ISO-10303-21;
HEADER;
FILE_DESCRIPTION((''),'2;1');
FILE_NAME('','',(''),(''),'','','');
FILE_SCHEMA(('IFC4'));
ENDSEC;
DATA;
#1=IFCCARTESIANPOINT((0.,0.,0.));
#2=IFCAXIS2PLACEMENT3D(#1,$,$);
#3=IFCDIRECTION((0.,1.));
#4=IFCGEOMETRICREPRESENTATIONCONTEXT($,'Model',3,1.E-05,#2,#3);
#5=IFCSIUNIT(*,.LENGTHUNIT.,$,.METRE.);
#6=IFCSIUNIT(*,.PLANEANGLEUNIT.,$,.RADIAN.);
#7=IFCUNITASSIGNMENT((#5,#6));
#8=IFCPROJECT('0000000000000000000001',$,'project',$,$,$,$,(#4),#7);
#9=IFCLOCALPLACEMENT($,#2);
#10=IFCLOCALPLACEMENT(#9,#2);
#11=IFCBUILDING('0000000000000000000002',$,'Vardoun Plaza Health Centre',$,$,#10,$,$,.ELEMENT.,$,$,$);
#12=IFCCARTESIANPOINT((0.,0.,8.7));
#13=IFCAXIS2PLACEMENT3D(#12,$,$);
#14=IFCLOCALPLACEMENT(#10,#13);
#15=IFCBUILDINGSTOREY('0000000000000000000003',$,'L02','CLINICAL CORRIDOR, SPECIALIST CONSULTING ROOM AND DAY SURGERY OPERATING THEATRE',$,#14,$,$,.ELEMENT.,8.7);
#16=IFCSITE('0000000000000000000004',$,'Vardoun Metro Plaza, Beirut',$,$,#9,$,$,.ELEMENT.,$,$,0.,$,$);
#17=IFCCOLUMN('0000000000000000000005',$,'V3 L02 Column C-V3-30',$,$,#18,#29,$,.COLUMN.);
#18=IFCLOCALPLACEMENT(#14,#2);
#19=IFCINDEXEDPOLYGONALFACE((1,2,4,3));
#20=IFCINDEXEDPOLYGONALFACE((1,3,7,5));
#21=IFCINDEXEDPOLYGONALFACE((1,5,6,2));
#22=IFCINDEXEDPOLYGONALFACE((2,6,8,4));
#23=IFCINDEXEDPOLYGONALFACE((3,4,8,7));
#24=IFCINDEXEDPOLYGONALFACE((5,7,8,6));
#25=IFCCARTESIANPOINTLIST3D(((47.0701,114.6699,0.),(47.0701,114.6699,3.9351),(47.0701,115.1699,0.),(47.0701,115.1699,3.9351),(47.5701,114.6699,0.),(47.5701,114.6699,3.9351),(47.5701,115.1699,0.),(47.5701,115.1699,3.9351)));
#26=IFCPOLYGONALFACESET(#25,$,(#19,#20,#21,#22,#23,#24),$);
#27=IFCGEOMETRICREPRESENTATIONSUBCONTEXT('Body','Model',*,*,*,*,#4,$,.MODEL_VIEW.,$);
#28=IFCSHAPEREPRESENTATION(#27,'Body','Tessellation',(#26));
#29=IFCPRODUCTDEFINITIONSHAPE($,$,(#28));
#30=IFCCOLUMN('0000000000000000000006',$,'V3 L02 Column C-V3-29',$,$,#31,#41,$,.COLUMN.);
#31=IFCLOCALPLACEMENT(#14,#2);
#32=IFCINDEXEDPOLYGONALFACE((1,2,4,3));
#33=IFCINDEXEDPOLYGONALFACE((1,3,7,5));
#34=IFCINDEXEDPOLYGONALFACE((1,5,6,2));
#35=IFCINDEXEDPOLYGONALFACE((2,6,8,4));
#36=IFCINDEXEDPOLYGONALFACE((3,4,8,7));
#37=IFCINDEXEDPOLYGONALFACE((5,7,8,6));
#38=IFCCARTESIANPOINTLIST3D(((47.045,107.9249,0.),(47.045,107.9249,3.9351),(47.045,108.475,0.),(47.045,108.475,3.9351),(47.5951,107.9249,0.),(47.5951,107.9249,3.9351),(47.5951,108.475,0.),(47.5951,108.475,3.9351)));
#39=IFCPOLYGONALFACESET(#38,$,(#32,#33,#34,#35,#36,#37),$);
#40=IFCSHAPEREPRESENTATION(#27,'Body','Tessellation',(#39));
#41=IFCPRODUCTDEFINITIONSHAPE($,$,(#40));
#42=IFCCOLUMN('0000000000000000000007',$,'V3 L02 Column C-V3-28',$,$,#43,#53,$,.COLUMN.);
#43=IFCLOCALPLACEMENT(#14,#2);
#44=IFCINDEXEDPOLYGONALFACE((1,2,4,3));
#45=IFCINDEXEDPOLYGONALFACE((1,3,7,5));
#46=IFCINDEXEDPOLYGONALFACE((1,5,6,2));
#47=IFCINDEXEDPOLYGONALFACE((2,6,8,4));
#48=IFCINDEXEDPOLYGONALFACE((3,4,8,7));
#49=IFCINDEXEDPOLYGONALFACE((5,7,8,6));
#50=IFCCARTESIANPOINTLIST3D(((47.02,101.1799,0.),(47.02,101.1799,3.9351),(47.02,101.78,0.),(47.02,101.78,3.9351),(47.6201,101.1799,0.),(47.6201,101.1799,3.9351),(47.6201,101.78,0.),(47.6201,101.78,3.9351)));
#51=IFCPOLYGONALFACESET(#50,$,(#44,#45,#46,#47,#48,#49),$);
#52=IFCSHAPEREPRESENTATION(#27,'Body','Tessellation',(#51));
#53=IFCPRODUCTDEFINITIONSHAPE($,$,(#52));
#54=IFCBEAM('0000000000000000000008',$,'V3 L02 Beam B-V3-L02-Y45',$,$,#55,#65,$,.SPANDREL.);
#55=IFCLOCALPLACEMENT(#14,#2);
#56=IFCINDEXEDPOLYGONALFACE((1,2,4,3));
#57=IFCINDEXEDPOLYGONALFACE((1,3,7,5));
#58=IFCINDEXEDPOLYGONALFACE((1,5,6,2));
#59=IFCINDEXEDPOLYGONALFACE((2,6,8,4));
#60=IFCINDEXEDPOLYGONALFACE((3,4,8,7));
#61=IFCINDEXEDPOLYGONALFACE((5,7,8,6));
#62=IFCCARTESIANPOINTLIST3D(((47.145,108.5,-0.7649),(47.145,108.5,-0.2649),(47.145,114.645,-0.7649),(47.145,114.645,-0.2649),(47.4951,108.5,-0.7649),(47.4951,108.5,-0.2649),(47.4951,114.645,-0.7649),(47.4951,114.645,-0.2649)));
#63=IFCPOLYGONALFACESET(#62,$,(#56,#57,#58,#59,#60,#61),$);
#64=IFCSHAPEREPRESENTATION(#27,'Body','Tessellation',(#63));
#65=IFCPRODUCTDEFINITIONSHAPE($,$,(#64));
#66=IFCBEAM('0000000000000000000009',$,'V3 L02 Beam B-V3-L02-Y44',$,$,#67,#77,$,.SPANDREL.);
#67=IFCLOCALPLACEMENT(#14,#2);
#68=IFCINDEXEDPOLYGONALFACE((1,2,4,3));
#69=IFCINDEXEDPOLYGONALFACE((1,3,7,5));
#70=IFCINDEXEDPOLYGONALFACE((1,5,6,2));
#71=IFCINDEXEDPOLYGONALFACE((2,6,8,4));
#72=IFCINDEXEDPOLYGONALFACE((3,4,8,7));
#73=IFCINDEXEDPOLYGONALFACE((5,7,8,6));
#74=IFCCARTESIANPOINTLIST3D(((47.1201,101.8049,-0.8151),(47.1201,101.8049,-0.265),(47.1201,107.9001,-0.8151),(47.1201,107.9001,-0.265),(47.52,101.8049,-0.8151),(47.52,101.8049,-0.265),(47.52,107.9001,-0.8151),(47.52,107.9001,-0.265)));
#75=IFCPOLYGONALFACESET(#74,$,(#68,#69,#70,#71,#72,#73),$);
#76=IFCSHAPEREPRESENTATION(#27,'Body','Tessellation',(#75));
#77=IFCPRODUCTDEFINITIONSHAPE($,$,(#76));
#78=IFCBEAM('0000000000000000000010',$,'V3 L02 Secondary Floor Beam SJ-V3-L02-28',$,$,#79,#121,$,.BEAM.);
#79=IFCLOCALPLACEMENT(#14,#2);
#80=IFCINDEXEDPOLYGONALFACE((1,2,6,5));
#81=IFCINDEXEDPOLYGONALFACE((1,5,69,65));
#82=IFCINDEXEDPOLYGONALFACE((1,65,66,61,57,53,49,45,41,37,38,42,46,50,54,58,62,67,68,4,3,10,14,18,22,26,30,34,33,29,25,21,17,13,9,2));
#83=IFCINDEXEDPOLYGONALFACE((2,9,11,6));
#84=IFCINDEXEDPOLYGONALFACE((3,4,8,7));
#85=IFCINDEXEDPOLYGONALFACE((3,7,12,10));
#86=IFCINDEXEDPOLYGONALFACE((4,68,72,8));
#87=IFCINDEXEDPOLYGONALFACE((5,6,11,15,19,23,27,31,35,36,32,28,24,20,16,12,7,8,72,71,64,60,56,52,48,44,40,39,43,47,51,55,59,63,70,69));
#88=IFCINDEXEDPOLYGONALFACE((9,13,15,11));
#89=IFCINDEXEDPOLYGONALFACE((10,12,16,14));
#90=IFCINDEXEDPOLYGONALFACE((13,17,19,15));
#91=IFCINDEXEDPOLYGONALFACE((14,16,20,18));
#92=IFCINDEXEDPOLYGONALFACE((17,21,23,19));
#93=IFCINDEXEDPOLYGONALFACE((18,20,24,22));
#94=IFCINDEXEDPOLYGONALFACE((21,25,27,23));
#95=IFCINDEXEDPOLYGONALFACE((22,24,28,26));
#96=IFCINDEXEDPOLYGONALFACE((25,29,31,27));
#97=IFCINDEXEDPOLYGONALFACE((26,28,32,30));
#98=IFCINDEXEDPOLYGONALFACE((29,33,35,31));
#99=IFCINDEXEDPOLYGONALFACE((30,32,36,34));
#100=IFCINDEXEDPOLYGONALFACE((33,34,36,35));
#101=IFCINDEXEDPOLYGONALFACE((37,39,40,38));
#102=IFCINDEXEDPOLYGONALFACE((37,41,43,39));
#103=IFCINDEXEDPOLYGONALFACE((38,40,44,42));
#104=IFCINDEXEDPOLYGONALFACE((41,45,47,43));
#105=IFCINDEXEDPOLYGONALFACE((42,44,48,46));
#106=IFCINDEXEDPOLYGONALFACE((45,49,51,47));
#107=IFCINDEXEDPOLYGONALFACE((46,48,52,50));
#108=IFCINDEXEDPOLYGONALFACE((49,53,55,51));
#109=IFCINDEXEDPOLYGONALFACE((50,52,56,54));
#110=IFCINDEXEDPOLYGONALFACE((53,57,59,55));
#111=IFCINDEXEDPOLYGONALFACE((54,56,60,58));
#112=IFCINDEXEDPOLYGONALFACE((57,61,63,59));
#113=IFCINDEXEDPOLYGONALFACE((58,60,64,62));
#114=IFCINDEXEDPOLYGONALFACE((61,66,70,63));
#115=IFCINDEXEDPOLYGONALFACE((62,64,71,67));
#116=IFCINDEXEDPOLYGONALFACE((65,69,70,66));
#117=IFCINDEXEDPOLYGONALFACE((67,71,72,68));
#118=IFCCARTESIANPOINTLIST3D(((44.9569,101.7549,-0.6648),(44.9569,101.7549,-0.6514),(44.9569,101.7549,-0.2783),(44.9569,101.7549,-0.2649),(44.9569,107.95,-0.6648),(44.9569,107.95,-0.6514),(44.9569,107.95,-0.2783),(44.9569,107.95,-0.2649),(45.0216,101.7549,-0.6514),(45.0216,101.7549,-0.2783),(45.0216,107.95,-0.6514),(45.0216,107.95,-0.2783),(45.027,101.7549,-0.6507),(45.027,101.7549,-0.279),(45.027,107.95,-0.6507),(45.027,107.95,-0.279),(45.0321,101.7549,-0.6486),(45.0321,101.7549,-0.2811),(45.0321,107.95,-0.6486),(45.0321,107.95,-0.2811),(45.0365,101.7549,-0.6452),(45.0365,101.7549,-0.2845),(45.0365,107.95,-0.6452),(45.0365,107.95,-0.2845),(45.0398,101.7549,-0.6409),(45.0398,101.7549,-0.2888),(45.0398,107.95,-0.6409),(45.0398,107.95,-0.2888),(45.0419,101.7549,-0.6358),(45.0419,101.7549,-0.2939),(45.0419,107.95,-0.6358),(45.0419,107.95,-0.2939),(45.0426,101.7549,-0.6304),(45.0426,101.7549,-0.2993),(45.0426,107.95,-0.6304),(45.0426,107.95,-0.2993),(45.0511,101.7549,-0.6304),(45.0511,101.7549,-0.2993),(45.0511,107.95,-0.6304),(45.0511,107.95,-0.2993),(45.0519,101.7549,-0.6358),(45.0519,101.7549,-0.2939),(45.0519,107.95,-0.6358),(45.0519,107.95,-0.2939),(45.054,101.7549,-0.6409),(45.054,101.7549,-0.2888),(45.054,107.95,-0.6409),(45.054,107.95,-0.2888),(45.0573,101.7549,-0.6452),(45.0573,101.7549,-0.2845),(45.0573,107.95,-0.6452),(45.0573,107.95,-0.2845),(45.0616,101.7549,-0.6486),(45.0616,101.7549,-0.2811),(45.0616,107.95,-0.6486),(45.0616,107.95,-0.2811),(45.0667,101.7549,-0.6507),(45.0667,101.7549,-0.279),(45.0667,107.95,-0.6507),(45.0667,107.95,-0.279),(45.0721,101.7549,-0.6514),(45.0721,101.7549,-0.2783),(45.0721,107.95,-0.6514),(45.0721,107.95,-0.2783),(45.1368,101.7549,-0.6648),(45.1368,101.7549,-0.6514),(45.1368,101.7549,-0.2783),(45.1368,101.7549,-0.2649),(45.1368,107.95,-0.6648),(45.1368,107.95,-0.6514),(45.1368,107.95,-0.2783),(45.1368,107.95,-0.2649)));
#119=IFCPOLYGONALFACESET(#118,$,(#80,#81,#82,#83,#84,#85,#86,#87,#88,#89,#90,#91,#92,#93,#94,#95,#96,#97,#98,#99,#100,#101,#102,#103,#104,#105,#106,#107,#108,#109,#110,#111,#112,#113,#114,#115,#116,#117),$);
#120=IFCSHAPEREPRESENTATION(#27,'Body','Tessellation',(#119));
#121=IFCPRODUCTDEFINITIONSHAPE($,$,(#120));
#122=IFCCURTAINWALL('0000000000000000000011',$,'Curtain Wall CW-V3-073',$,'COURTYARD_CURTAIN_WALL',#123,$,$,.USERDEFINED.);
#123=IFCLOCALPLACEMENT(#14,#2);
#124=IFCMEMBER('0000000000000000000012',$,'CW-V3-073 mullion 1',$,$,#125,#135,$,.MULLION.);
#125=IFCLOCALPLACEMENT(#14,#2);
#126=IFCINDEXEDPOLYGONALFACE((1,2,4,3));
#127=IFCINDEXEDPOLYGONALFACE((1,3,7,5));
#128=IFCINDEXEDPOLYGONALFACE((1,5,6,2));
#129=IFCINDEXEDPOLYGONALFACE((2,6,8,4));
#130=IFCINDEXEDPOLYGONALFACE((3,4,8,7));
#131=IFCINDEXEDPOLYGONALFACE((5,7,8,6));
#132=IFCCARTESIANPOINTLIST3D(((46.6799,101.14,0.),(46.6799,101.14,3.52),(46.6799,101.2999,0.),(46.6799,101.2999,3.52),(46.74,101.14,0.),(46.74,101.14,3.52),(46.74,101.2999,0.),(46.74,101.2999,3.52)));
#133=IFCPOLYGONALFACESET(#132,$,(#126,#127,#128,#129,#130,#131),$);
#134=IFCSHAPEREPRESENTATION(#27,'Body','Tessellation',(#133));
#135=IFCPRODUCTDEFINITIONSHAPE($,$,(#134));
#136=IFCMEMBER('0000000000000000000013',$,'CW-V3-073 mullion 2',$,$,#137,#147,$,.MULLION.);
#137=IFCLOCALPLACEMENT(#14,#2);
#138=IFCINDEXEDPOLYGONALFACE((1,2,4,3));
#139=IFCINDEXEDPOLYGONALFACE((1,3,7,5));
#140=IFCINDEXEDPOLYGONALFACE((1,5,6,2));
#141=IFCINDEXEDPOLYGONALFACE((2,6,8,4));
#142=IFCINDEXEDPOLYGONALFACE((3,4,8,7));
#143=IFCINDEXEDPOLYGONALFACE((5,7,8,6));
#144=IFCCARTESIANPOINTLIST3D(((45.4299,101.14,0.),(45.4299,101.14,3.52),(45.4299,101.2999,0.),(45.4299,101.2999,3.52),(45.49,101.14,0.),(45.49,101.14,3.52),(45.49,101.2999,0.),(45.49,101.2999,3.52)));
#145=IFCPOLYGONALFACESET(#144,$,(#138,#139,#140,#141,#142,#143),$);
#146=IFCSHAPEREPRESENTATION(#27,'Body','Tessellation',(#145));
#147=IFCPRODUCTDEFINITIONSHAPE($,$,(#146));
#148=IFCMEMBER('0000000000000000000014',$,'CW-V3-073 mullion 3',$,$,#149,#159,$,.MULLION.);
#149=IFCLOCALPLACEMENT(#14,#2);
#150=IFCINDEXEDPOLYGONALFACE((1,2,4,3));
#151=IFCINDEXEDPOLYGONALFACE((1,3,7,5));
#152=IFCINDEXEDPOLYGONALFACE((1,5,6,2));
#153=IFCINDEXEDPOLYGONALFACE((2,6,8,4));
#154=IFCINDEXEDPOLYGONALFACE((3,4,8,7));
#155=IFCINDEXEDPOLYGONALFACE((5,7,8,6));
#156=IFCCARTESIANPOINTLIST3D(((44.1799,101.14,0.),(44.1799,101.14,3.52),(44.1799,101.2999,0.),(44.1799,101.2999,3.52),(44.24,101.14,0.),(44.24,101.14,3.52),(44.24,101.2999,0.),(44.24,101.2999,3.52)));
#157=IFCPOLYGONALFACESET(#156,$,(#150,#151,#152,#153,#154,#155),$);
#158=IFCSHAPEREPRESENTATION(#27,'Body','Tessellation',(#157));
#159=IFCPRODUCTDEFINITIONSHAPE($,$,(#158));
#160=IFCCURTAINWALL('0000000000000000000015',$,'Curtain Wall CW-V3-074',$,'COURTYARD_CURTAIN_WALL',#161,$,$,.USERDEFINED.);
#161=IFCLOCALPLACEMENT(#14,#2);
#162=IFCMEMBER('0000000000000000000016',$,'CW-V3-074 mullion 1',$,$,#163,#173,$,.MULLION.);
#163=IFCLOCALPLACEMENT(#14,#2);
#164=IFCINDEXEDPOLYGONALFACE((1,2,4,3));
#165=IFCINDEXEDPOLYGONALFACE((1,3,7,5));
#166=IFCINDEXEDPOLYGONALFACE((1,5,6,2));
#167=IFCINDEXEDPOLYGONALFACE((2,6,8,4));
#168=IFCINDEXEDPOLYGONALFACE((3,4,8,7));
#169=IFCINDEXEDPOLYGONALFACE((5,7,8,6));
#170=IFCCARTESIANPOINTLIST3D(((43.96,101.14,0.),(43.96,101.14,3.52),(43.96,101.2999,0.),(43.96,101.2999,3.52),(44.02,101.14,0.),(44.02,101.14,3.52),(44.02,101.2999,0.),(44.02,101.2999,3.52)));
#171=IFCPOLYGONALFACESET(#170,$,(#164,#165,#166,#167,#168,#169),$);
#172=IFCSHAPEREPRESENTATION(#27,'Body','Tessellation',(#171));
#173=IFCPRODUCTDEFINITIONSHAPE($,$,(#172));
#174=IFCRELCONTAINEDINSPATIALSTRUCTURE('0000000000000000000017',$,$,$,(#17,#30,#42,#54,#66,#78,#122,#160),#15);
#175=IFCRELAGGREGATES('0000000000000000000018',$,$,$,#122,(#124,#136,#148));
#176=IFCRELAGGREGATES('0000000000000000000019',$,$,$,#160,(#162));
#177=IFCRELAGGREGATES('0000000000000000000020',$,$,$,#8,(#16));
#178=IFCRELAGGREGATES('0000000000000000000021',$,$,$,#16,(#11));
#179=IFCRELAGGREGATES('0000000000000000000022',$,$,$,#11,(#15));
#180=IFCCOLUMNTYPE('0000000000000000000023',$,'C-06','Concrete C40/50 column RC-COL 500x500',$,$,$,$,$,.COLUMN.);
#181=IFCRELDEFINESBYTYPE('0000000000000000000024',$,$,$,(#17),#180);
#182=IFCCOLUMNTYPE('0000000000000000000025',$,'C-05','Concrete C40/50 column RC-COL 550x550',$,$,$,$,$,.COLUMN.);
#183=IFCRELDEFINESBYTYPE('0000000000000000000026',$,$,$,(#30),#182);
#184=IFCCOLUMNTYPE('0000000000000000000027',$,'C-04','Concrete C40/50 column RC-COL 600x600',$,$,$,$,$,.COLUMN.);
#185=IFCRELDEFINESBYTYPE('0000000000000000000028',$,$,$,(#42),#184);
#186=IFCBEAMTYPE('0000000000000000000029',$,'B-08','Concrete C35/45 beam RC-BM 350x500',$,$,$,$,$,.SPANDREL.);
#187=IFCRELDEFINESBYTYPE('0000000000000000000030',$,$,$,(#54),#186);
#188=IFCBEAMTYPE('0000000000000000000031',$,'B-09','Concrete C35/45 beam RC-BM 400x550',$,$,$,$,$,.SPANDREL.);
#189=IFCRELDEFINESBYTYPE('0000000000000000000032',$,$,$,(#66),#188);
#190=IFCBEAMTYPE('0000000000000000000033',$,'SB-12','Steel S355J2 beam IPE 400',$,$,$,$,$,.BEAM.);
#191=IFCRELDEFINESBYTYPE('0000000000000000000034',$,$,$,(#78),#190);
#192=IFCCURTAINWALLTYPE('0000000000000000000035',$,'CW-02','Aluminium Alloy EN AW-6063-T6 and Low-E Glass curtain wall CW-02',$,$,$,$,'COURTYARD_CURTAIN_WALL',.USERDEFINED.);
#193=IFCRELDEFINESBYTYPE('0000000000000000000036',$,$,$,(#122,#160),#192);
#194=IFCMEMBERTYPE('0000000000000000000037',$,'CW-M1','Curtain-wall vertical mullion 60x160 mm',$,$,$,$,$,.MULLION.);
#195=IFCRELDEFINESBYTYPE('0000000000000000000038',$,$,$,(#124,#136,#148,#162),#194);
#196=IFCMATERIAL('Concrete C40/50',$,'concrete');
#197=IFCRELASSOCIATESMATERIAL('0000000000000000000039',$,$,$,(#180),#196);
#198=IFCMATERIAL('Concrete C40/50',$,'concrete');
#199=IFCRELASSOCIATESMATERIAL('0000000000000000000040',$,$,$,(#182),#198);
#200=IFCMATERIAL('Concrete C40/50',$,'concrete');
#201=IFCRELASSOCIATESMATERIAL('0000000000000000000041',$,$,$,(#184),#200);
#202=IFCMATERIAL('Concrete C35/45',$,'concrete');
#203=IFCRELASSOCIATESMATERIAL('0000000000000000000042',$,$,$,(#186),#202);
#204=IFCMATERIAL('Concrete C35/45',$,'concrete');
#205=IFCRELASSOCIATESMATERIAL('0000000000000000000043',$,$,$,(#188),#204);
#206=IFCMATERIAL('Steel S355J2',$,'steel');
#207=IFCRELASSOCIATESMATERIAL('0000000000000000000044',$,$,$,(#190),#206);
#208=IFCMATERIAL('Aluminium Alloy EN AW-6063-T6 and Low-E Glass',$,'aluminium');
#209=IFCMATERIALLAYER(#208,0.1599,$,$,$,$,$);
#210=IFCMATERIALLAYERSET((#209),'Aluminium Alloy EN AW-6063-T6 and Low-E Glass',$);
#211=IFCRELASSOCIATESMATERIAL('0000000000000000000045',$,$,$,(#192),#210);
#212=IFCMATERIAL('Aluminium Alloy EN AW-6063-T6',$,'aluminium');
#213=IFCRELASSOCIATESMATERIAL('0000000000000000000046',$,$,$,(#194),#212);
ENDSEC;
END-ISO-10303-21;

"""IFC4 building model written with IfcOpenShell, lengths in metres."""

from ifc_helpers import new_model, si_unit, direction, frame, origin, origin_2d, place, context, subcontext, project, spatial, rectangle, i_section, extrude, material, layer, layer_set, material_profile, profile_set, type_object, element, aggregate, save


model = new_model("IFC4")

# Units and contexts
model_context = context("Model", 3, precision=1e-05, world=origin(), true_north=direction((0.0, 1.0)))
body_context = subcontext(model_context, "Body", "Model", "MODEL_VIEW")
ifc_project = project(units=[si_unit("LENGTHUNIT", "METRE"), si_unit("PLANEANGLEUNIT", "RADIAN")], contexts=[model_context])

# Site, building, storey
site_placement = place(None, origin())
site = spatial("IfcSite", under=ifc_project, at=site_placement, Name="Vardoun Metro Plaza, Beirut", CompositionType="ELEMENT", RefElevation=0.0)
building_placement = place(site_placement, origin())
building = spatial("IfcBuilding", under=site, at=building_placement, Name="Vardoun Plaza Health Centre", CompositionType="ELEMENT")
storey_placement = place(building_placement, frame((0.0, 0.0, 8.7)))
storey = spatial("IfcBuildingStorey", under=building, at=storey_placement, Name="L02", Description="CLINICAL CORRIDOR, SPECIALIST CONSULTING ROOM AND DAY SURGERY OPERATING THEATRE", CompositionType="ELEMENT", Elevation=8.7)

# Columns
ifc_material_1 = material(Name="Concrete C40/50", Category="concrete")
ifc_material_profile_1 = material_profile(ifc_material_1, rectangle(XDim=0.5, YDim=0.5, at=origin_2d()), Name="RC-COL 500x500")
ifc_profile_set_1 = profile_set([ifc_material_profile_1], Name="Concrete C40/50")
column_type_1 = type_object("IfcColumnType", Name="C-06", Description="Concrete C40/50 column RC-COL 500x500", PredefinedType="COLUMN", material=ifc_profile_set_1)
column_1_placement = place(storey_placement, frame((47.3201, 114.9199, 0.0), z_axis=(0.0, 0.0, 1.0), x_axis=(1.0, 0.0, 0.0)))
element("IfcColumn", 1, at=column_1_placement, inside=storey, type_object=column_type_1, Name="V3 L02 Column C-V3-30", PredefinedType="COLUMN", context=body_context, shape_type="SweptSolid", body=[
    extrude(rectangle(XDim=0.5, YDim=0.5, at=origin_2d()), origin(), (0.0, 0.0, 1.0), 3.9351),
])
ifc_material_2 = material(Name="Concrete C40/50", Category="concrete")
ifc_material_profile_2 = material_profile(ifc_material_2, rectangle(XDim=0.55, YDim=0.55, at=origin_2d()), Name="RC-COL 550x550")
ifc_profile_set_2 = profile_set([ifc_material_profile_2], Name="Concrete C40/50")
column_type_2 = type_object("IfcColumnType", Name="C-05", Description="Concrete C40/50 column RC-COL 550x550", PredefinedType="COLUMN", material=ifc_profile_set_2)
column_2_placement = place(storey_placement, frame((47.3201, 108.2, 0.0), z_axis=(0.0, 0.0, 1.0), x_axis=(1.0, 0.0, 0.0)))
element("IfcColumn", 2, at=column_2_placement, inside=storey, type_object=column_type_2, Name="V3 L02 Column C-V3-29", PredefinedType="COLUMN", context=body_context, shape_type="SweptSolid", body=[
    extrude(rectangle(XDim=0.55, YDim=0.55, at=origin_2d()), origin(), (0.0, 0.0, 1.0), 3.9351),
])
ifc_material_3 = material(Name="Concrete C40/50", Category="concrete")
ifc_material_profile_3 = material_profile(ifc_material_3, rectangle(XDim=0.6001, YDim=0.6001, at=origin_2d()), Name="RC-COL 600x600")
ifc_profile_set_3 = profile_set([ifc_material_profile_3], Name="Concrete C40/50")
column_type_3 = type_object("IfcColumnType", Name="C-04", Description="Concrete C40/50 column RC-COL 600x600", PredefinedType="COLUMN", material=ifc_profile_set_3)
column_3_placement = place(storey_placement, frame((47.3201, 101.48, 0.0), z_axis=(0.0, 0.0, 1.0), x_axis=(1.0, 0.0, 0.0)))
element("IfcColumn", 3, at=column_3_placement, inside=storey, type_object=column_type_3, Name="V3 L02 Column C-V3-28", PredefinedType="COLUMN", context=body_context, shape_type="SweptSolid", body=[
    extrude(rectangle(XDim=0.6001, YDim=0.6001, at=origin_2d()), origin(), (0.0, 0.0, 1.0), 3.9351),
])

# Beams
ifc_material_4 = material(Name="Concrete C35/45", Category="concrete")
ifc_material_profile_4 = material_profile(ifc_material_4, rectangle(XDim=0.3501, YDim=0.5, at=origin_2d()), Name="RC-BM 350x500")
ifc_profile_set_4 = profile_set([ifc_material_profile_4], Name="Concrete C35/45")
beam_type_1 = type_object("IfcBeamType", Name="B-08", Description="Concrete C35/45 beam RC-BM 350x500", PredefinedType="SPANDREL", material=ifc_profile_set_4)
beam_1_placement = place(storey_placement, frame((47.3201, 108.5, -0.5149), z_axis=(0.0, 1.0, 0.0), x_axis=(-1.0, 0.0, 0.0)))
element("IfcBeam", 4, at=beam_1_placement, inside=storey, type_object=beam_type_1, Name="V3 L02 Beam B-V3-L02-Y45", PredefinedType="SPANDREL", context=body_context, shape_type="SweptSolid", body=[
    extrude(rectangle(XDim=0.3501, YDim=0.5, at=origin_2d()), origin(), (0.0, 0.0, 1.0), 6.145),
])
ifc_material_5 = material(Name="Concrete C35/45", Category="concrete")
ifc_material_profile_5 = material_profile(ifc_material_5, rectangle(XDim=0.3999, YDim=0.55, at=origin_2d()), Name="RC-BM 400x550")
ifc_profile_set_5 = profile_set([ifc_material_profile_5], Name="Concrete C35/45")
beam_type_2 = type_object("IfcBeamType", Name="B-09", Description="Concrete C35/45 beam RC-BM 400x550", PredefinedType="SPANDREL", material=ifc_profile_set_5)
beam_2_placement = place(storey_placement, frame((47.3201, 101.8049, -0.54), z_axis=(0.0, 1.0, 0.0), x_axis=(-1.0, 0.0, 0.0)))
element("IfcBeam", 5, at=beam_2_placement, inside=storey, type_object=beam_type_2, Name="V3 L02 Beam B-V3-L02-Y44", PredefinedType="SPANDREL", context=body_context, shape_type="SweptSolid", body=[
    extrude(rectangle(XDim=0.3999, YDim=0.55, at=origin_2d()), origin(), (0.0, 0.0, 1.0), 6.0952),
])
ifc_material_6 = material(Name="Steel S355J2", Category="steel")
ifc_material_profile_6 = material_profile(ifc_material_6, i_section(OverallWidth=0.1799, OverallDepth=0.3999, WebThickness=0.0085, FlangeThickness=0.0134, FilletRadius=0.021, at=origin_2d()), Name="IPE 400")
ifc_profile_set_6 = profile_set([ifc_material_profile_6], Name="Steel S355J2")
beam_type_3 = type_object("IfcBeamType", Name="SB-12", Description="Steel S355J2 beam IPE 400", PredefinedType="BEAM", material=ifc_profile_set_6)
beam_3_placement = place(storey_placement, frame((45.0469, 101.7549, -0.4648), z_axis=(0.0, 1.0, 0.0), x_axis=(-1.0, 0.0, 0.0)))
element("IfcBeam", 6, at=beam_3_placement, inside=storey, type_object=beam_type_3, Name="V3 L02 Secondary Floor Beam SJ-V3-L02-28", PredefinedType="BEAM", context=body_context, shape_type="SweptSolid", body=[
    extrude(i_section(OverallWidth=0.1799, OverallDepth=0.3999, WebThickness=0.0085, FlangeThickness=0.0134, FilletRadius=0.021, at=origin_2d()), origin(), (0.0, 0.0, 1.0), 6.1951),
])

# Curtain wall, members
ifc_material_7 = material(Name="Aluminium Alloy EN AW-6063-T6 and Low-E Glass", Category="aluminium")
ifc_layer_1 = layer(ifc_material_7, 0.1599)
ifc_layer_set_1 = layer_set([ifc_layer_1], Name="Aluminium Alloy EN AW-6063-T6 and Low-E Glass")
curtain_wall_type = type_object("IfcCurtainWallType", Name="CW-02", Description="Aluminium Alloy EN AW-6063-T6 and Low-E Glass curtain wall CW-02", ElementType="COURTYARD_CURTAIN_WALL", PredefinedType="USERDEFINED", material=ifc_layer_set_1)
curtain_wall_1_placement = place(storey_placement, origin())
curtain_wall_1 = element("IfcCurtainWall", 7, at=curtain_wall_1_placement, inside=storey, type_object=curtain_wall_type, Name="Curtain Wall CW-V3-073", ObjectType="COURTYARD_CURTAIN_WALL", PredefinedType="USERDEFINED")
ifc_material_8 = material(Name="Aluminium Alloy EN AW-6063-T6", Category="aluminium")
ifc_material_profile_7 = material_profile(ifc_material_8, rectangle(XDim=0.1599, YDim=0.0601, at=origin_2d()), Name="CWM 60x160")
ifc_profile_set_7 = profile_set([ifc_material_profile_7], Name="Aluminium Alloy EN AW-6063-T6")
member_type_1 = type_object("IfcMemberType", Name="CW-M1", Description="Curtain-wall vertical mullion 60x160 mm", PredefinedType="MULLION", material=ifc_profile_set_7)
member_1_placement = place(storey_placement, frame((46.71, 101.22, 0.0), z_axis=(0.0, 0.0, 1.0), x_axis=(0.0, -1.0, 0.0)))
member_1 = element("IfcMember", 8, at=member_1_placement, type_object=member_type_1, Name="CW-V3-073 mullion 1", PredefinedType="MULLION", context=body_context, shape_type="SweptSolid", body=[
    extrude(rectangle(XDim=0.1599, YDim=0.0601, at=origin_2d()), origin(), (0.0, 0.0, 1.0), 3.52),
])
member_2_placement = place(storey_placement, frame((45.46, 101.22, 0.0), z_axis=(0.0, 0.0, 1.0), x_axis=(0.0, -1.0, 0.0)))
member_2 = element("IfcMember", 9, at=member_2_placement, type_object=member_type_1, Name="CW-V3-073 mullion 2", PredefinedType="MULLION", context=body_context, shape_type="SweptSolid", body=[
    extrude(rectangle(XDim=0.1599, YDim=0.0601, at=origin_2d()), origin(), (0.0, 0.0, 1.0), 3.52),
])
member_3_placement = place(storey_placement, frame((44.21, 101.22, 0.0), z_axis=(0.0, 0.0, 1.0), x_axis=(0.0, -1.0, 0.0)))
member_3 = element("IfcMember", 10, at=member_3_placement, type_object=member_type_1, Name="CW-V3-073 mullion 3", PredefinedType="MULLION", context=body_context, shape_type="SweptSolid", body=[
    extrude(rectangle(XDim=0.1599, YDim=0.0601, at=origin_2d()), origin(), (0.0, 0.0, 1.0), 3.52),
])

# Curtain wall, member
curtain_wall_2_placement = place(storey_placement, origin())
curtain_wall_2 = element("IfcCurtainWall", 11, at=curtain_wall_2_placement, inside=storey, type_object=curtain_wall_type, Name="Curtain Wall CW-V3-074", ObjectType="COURTYARD_CURTAIN_WALL", PredefinedType="USERDEFINED")
member_4_placement = place(storey_placement, frame((43.99, 101.22, 0.0), z_axis=(0.0, 0.0, 1.0), x_axis=(0.0, -1.0, 0.0)))
member_4 = element("IfcMember", 12, at=member_4_placement, type_object=member_type_1, Name="CW-V3-074 mullion 1", PredefinedType="MULLION", context=body_context, shape_type="SweptSolid", body=[
    extrude(rectangle(XDim=0.1599, YDim=0.0601, at=origin_2d()), origin(), (0.0, 0.0, 1.0), 3.52),
])

aggregate(curtain_wall_1, [member_1, member_2, member_3])
aggregate(curtain_wall_2, [member_4])

save(model, "model.ifc")
